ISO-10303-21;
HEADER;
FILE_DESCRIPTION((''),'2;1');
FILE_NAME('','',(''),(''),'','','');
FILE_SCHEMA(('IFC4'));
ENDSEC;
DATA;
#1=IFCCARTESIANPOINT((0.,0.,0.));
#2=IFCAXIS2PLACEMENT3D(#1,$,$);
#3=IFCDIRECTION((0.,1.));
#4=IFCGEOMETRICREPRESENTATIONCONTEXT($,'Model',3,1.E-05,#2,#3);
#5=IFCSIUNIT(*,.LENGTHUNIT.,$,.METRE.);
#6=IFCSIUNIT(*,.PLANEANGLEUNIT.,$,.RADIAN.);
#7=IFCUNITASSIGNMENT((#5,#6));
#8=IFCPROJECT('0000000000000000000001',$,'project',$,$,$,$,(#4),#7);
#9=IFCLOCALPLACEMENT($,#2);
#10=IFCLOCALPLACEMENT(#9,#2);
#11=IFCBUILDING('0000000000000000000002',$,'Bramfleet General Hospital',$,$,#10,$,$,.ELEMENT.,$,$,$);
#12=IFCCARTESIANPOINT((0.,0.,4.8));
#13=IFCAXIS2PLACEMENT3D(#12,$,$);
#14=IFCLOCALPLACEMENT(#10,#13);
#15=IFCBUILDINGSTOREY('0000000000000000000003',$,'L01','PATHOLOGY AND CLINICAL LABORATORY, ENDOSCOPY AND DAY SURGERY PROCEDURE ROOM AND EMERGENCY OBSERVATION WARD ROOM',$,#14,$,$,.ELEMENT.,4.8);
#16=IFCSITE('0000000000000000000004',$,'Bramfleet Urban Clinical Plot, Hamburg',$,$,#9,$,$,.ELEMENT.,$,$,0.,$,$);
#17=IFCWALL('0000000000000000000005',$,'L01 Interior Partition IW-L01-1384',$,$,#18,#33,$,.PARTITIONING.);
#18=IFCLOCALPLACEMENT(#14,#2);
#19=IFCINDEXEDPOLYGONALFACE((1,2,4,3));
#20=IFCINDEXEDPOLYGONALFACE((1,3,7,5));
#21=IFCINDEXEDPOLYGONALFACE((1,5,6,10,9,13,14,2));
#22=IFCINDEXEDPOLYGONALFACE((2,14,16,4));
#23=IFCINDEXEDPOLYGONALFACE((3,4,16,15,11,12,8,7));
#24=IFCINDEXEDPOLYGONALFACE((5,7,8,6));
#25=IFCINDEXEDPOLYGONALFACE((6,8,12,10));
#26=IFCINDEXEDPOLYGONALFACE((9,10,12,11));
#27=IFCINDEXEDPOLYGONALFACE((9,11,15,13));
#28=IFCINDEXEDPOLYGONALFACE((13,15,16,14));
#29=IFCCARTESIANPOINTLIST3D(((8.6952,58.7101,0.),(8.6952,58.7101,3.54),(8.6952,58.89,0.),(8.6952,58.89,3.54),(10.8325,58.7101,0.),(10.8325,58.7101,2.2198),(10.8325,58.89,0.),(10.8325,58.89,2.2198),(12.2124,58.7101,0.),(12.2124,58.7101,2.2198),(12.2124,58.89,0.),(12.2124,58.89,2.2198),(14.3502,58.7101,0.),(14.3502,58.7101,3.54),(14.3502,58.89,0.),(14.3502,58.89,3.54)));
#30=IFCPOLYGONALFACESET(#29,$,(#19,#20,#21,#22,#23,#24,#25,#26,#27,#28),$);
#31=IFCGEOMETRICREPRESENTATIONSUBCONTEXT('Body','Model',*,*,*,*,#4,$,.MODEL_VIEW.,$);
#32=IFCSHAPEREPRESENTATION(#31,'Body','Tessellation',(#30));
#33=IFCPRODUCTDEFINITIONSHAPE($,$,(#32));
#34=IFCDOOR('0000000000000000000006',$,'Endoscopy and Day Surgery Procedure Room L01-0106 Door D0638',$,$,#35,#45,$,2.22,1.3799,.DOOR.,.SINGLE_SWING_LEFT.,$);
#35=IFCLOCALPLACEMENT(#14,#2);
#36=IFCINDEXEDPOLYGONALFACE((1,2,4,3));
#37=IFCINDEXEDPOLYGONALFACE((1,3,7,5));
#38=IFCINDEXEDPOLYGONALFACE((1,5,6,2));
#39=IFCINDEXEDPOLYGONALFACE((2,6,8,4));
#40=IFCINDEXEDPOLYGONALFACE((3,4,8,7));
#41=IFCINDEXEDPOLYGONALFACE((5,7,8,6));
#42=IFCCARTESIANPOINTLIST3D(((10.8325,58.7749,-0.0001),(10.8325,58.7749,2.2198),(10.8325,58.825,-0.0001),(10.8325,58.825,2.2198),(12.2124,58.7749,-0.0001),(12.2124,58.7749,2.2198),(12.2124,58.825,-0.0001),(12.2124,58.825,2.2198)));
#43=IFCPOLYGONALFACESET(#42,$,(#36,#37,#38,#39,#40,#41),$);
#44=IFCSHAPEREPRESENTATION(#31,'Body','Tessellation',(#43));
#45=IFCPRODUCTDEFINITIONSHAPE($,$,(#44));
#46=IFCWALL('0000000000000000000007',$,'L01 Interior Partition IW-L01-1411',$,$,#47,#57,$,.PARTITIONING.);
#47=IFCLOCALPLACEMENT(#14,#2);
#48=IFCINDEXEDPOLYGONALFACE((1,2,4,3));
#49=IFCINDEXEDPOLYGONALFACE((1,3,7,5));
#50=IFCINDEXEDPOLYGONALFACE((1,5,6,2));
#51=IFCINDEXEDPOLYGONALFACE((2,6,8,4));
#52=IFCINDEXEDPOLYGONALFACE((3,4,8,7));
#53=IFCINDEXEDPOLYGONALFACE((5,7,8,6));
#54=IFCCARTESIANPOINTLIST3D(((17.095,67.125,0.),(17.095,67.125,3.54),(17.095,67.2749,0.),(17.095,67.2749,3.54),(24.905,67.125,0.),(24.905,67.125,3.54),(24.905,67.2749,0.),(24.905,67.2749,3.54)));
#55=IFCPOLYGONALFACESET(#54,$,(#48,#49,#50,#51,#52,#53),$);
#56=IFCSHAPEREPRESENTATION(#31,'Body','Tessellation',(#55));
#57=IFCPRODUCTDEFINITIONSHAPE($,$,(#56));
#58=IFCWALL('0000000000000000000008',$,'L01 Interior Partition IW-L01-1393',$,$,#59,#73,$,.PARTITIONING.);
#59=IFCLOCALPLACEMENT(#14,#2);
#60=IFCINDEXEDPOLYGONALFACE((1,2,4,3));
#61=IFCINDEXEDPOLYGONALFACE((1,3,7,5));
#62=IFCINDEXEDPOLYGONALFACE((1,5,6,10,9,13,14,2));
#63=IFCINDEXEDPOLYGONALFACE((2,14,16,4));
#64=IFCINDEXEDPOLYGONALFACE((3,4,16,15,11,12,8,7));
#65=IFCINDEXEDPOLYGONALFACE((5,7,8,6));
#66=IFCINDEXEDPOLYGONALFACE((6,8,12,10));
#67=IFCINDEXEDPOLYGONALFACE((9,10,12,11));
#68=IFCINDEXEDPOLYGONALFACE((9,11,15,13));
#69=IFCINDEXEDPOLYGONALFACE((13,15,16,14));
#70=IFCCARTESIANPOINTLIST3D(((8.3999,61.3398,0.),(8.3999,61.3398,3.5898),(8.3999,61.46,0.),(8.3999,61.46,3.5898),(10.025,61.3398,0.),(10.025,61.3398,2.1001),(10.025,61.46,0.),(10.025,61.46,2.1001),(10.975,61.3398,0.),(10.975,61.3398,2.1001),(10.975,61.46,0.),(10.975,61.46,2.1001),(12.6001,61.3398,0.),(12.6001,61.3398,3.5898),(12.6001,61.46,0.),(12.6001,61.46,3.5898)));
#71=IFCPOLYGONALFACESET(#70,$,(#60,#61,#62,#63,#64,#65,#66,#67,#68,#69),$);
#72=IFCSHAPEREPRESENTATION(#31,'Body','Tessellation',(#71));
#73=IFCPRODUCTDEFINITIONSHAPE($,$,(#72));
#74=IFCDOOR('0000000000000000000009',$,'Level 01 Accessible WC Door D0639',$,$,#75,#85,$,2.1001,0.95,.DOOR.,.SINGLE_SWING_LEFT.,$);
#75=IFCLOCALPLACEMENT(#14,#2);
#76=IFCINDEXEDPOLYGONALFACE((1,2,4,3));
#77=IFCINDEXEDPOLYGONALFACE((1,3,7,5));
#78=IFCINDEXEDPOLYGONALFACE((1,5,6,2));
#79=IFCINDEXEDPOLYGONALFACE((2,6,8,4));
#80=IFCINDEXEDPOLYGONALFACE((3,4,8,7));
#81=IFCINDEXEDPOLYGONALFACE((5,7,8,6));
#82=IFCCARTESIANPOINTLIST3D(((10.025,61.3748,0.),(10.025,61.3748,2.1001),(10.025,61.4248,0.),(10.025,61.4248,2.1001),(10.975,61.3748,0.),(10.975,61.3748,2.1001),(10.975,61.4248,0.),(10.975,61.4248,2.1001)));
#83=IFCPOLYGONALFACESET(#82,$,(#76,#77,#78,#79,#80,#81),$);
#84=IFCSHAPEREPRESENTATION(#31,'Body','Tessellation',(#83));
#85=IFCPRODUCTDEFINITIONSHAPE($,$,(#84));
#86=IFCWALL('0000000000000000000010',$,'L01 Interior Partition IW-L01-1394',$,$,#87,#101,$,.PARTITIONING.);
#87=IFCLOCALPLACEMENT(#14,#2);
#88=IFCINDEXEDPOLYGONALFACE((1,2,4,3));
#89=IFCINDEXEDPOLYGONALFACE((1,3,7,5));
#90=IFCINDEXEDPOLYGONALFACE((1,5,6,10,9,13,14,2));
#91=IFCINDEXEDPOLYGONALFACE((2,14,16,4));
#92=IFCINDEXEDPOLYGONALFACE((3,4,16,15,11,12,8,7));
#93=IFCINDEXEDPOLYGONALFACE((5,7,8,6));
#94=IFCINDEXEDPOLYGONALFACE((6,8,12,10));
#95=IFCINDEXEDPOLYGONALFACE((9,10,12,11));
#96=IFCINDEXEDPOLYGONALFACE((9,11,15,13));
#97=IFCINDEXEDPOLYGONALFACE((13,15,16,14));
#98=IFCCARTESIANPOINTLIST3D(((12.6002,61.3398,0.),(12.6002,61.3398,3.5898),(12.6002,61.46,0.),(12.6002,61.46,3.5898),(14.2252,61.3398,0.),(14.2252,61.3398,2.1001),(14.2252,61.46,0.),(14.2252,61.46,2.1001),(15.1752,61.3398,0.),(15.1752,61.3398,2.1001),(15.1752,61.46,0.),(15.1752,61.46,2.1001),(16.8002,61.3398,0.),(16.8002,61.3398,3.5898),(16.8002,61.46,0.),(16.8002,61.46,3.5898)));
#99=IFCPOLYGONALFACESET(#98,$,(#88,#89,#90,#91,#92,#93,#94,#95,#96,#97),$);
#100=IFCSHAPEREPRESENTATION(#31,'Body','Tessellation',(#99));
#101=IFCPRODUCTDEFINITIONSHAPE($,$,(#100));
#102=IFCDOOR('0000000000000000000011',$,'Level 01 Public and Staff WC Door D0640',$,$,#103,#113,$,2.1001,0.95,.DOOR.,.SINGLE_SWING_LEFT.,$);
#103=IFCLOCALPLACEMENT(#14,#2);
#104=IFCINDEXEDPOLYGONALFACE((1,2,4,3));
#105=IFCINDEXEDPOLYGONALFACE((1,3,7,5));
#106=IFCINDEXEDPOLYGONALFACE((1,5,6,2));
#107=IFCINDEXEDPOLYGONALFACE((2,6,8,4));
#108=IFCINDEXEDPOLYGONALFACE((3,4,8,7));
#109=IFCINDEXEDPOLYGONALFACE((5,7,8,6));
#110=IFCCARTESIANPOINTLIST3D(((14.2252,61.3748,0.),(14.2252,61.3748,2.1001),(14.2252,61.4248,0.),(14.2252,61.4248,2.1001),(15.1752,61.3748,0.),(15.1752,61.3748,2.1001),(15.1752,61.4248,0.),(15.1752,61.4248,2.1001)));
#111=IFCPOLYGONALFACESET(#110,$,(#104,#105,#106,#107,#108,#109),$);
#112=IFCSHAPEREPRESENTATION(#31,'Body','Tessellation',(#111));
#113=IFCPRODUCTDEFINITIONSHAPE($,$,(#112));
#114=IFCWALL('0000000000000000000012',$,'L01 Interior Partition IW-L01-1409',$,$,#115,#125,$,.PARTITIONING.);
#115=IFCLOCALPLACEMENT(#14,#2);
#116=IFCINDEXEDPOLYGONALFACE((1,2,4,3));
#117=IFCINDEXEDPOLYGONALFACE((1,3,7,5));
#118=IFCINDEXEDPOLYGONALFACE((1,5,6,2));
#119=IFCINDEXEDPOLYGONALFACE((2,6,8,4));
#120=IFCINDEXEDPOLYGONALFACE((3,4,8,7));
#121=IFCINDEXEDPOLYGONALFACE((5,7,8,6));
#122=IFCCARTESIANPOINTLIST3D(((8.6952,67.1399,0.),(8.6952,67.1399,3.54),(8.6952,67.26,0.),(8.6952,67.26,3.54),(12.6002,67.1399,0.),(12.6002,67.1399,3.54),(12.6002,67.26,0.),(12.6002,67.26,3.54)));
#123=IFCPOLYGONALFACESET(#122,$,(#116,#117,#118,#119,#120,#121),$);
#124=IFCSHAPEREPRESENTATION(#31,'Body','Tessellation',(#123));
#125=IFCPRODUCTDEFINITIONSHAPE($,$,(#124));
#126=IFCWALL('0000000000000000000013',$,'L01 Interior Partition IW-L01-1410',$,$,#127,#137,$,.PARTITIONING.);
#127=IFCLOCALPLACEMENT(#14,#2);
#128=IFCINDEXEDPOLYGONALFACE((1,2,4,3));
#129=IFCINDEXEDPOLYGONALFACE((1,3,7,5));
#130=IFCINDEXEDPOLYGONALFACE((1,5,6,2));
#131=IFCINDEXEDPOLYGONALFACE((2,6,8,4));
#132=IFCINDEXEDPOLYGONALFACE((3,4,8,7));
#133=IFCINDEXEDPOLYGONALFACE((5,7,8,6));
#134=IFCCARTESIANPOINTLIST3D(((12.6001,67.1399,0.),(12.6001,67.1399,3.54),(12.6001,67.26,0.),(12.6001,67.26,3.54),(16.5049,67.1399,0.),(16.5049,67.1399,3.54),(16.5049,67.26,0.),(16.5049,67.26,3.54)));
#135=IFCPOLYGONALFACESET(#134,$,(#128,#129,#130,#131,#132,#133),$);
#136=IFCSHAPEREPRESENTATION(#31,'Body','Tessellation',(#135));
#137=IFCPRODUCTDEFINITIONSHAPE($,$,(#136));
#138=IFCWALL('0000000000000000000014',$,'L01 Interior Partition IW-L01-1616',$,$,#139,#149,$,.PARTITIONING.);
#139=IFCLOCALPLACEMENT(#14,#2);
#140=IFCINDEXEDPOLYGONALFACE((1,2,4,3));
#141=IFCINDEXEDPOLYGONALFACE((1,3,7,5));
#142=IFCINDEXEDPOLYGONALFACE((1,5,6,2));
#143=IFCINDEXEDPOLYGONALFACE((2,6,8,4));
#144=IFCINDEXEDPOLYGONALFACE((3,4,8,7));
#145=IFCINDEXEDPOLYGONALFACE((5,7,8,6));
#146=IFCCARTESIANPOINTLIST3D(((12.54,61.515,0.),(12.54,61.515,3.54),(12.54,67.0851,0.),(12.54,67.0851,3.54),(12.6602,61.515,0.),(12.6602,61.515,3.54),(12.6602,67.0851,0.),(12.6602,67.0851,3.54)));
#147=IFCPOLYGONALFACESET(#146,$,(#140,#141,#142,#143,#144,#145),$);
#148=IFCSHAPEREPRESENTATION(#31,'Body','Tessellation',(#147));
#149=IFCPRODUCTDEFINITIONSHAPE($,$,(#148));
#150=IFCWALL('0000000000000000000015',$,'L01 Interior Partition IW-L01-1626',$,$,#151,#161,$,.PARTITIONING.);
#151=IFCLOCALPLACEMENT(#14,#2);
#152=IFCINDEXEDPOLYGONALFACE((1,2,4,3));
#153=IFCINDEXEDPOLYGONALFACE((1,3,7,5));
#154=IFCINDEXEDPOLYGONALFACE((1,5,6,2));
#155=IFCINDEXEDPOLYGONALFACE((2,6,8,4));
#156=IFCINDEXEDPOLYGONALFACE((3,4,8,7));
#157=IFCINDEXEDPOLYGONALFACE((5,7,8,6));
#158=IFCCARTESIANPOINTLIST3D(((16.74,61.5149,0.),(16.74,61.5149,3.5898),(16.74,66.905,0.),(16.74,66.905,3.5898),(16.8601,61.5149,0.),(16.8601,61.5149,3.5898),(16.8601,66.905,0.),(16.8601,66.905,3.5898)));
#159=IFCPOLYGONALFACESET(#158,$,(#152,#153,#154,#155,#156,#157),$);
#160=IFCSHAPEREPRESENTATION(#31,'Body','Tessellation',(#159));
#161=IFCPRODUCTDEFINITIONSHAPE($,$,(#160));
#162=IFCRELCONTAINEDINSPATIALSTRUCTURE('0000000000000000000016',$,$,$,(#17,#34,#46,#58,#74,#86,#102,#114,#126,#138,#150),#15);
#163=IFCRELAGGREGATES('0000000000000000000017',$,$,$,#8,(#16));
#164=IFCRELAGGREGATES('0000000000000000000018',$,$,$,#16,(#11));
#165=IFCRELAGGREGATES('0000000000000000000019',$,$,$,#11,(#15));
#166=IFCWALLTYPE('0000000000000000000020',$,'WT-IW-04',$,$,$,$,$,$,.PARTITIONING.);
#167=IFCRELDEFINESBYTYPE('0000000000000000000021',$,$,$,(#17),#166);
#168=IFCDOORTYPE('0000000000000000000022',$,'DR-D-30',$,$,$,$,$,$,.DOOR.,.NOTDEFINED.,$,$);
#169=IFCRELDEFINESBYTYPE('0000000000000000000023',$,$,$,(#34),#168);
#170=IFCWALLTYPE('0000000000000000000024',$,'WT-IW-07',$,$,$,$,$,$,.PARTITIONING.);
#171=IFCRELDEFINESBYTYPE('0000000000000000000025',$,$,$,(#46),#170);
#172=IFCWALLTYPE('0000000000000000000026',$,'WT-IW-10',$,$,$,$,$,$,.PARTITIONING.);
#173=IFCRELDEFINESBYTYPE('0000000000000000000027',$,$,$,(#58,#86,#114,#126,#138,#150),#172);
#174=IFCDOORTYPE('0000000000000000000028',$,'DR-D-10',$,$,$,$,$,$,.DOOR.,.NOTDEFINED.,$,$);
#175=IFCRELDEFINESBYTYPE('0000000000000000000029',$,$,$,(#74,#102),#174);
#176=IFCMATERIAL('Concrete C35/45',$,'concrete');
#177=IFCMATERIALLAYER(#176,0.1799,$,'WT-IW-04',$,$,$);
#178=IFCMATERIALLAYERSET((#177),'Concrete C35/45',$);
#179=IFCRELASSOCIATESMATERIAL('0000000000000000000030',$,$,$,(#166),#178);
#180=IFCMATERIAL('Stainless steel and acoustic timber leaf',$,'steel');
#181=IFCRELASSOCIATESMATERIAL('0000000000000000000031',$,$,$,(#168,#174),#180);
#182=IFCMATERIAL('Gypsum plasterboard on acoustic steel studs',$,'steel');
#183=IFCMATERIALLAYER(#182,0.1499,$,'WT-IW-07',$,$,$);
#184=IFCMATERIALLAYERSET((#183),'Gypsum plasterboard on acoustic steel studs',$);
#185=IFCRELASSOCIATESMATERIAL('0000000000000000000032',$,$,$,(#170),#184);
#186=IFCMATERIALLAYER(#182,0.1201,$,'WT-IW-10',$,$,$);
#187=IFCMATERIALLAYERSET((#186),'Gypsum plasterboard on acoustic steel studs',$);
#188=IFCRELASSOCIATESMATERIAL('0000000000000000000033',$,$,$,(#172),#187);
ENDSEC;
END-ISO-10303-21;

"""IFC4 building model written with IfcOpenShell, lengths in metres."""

from ifc_helpers import new_model, si_unit, direction, frame, frame_2d, origin, place, context, subcontext, project, spatial, rectangle, extrude, material, layer, layer_set, type_object, element, fill, save


model = new_model("IFC4")

# Units and contexts
model_context = context("Model", 3, precision=1e-05, world=origin(), true_north=direction((0.0, 1.0)))
body_context = subcontext(model_context, "Body", "Model", "MODEL_VIEW")
ifc_project = project(units=[si_unit("LENGTHUNIT", "METRE"), si_unit("PLANEANGLEUNIT", "RADIAN")], contexts=[model_context])

# Site, building, storey
site_placement = place(None, origin())
site = spatial("IfcSite", under=ifc_project, at=site_placement, Name="Bramfleet Urban Clinical Plot, Hamburg", CompositionType="ELEMENT", RefElevation=0.0)
building_placement = place(site_placement, origin())
building = spatial("IfcBuilding", under=site, at=building_placement, Name="Bramfleet General Hospital", CompositionType="ELEMENT")
storey_placement = place(building_placement, frame((0.0, 0.0, 4.8)))
storey = spatial("IfcBuildingStorey", under=building, at=storey_placement, Name="L01", Description="PATHOLOGY AND CLINICAL LABORATORY, ENDOSCOPY AND DAY SURGERY PROCEDURE ROOM AND EMERGENCY OBSERVATION WARD ROOM", CompositionType="ELEMENT", Elevation=4.8)

# Shared definitions
ifc_material_1 = material(Name="Concrete C35/45", Category="concrete")

# Wall, opening, door
ifc_material_2 = material(Name="Stainless steel and acoustic timber leaf", Category="steel")
ifc_layer_1 = layer(ifc_material_1, 0.1799, Name="WT-IW-04")
ifc_layer_set_1 = layer_set([ifc_layer_1], Name="Concrete C35/45")
wall_type_1 = type_object("IfcWallType", Name="WT-IW-04", PredefinedType="PARTITIONING", material=ifc_layer_set_1)
wall_1_placement = place(storey_placement, frame((8.6951, 58.8, 0.0), z_axis=(0.0, 0.0, 1.0), x_axis=(1.0, 0.0, 0.0)))
wall_1 = element("IfcWall", 1, at=wall_1_placement, inside=storey, type_object=wall_type_1, Name="L01 Interior Partition IW-L01-1384", PredefinedType="PARTITIONING", context=body_context, shape_type="SweptSolid", body=[
    extrude(rectangle(XDim=5.655, YDim=0.1799, at=frame_2d((2.8276, 0.0))), origin(), (0.0, 0.0, 1.0), 3.54),
])
opening_1_placement = place(wall_1_placement, frame((2.1375, 0.0, 0.0)))
opening_1 = element("IfcOpeningElement", 2, at=opening_1_placement, cuts=wall_1, PredefinedType="OPENING", context=body_context, shape_type="SweptSolid", body=[
    extrude(rectangle(XDim=1.3799, YDim=2.22, at=frame_2d((0.6899, 1.1099))), frame((0.0, 0.0999, 0.0), z_axis=(0.0, -1.0, 0.0), x_axis=(1.0, 0.0, 0.0)), (0.0, 0.0, 1.0), 0.2),
])
door_type_1 = type_object("IfcDoorType", Name="DR-D-30", OperationType="NOTDEFINED", PredefinedType="DOOR", material=ifc_material_2)
door_1_placement = place(opening_1_placement, origin())
door_1 = element("IfcDoor", 3, at=door_1_placement, inside=storey, type_object=door_type_1, Name="Endoscopy and Day Surgery Procedure Room L01-0106 Door D0638", OperationType="SINGLE_SWING_LEFT", OverallHeight=2.22, OverallWidth=1.3799, PredefinedType="DOOR", context=body_context, shape_type="SweptSolid", body=[
    extrude(rectangle(XDim=1.3799, YDim=2.22, at=frame_2d((0.6899, 1.1099))), frame((0.0, 0.0249, 0.0), z_axis=(0.0, -1.0, 0.0), x_axis=(1.0, 0.0, 0.0)), (0.0, 0.0, 1.0), 0.05),
])
fill(opening_1, door_1)

# Wall
ifc_material_3 = material(Name="Gypsum plasterboard on acoustic steel studs", Category="steel")
ifc_layer_2 = layer(ifc_material_3, 0.1499, Name="WT-IW-07")
ifc_layer_set_2 = layer_set([ifc_layer_2], Name="Gypsum plasterboard on acoustic steel studs")
wall_type_2 = type_object("IfcWallType", Name="WT-IW-07", PredefinedType="PARTITIONING", material=ifc_layer_set_2)
wall_2_placement = place(storey_placement, frame((17.095, 67.2, 0.0), z_axis=(0.0, 0.0, 1.0), x_axis=(1.0, 0.0, 0.0)))
element("IfcWall", 4, at=wall_2_placement, inside=storey, type_object=wall_type_2, Name="L01 Interior Partition IW-L01-1411", PredefinedType="PARTITIONING", context=body_context, shape_type="SweptSolid", body=[
    extrude(rectangle(XDim=7.8101, YDim=0.1499, at=frame_2d((3.905, 0.0))), origin(), (0.0, 0.0, 1.0), 3.54),
])

# Walls, openings, doors
ifc_layer_3 = layer(ifc_material_3, 0.1201, Name="WT-IW-10")
ifc_layer_set_3 = layer_set([ifc_layer_3], Name="Gypsum plasterboard on acoustic steel studs")
wall_type_3 = type_object("IfcWallType", Name="WT-IW-10", PredefinedType="PARTITIONING", material=ifc_layer_set_3)
wall_3_placement = place(storey_placement, frame((8.3999, 61.3999, 0.0), z_axis=(0.0, 0.0, 1.0), x_axis=(1.0, 0.0, 0.0)))
wall_3 = element("IfcWall", 5, at=wall_3_placement, inside=storey, type_object=wall_type_3, Name="L01 Interior Partition IW-L01-1393", PredefinedType="PARTITIONING", context=body_context, shape_type="SweptSolid", body=[
    extrude(rectangle(XDim=4.2002, YDim=0.1201, at=frame_2d((2.1001, 0.0))), origin(), (0.0, 0.0, 1.0), 3.5898),
])
opening_2_placement = place(wall_3_placement, frame((1.625, 0.0, 0.0)))
opening_2 = element("IfcOpeningElement", 6, at=opening_2_placement, cuts=wall_3, PredefinedType="OPENING", context=body_context, shape_type="SweptSolid", body=[
    extrude(rectangle(XDim=0.95, YDim=2.1001, at=frame_2d((0.4751, 1.05))), frame((0.0, 0.0701, 0.0), z_axis=(0.0, -1.0, 0.0), x_axis=(1.0, 0.0, 0.0)), (0.0, 0.0, 1.0), 0.1401),
])
door_type_2 = type_object("IfcDoorType", Name="DR-D-10", OperationType="NOTDEFINED", PredefinedType="DOOR", material=ifc_material_2)
door_2_placement = place(opening_2_placement, origin())
door_2 = element("IfcDoor", 7, at=door_2_placement, inside=storey, type_object=door_type_2, Name="Level 01 Accessible WC Door D0639", OperationType="SINGLE_SWING_LEFT", OverallHeight=2.1001, OverallWidth=0.95, PredefinedType="DOOR", context=body_context, shape_type="SweptSolid", body=[
    extrude(rectangle(XDim=0.95, YDim=2.1001, at=frame_2d((0.4751, 1.05))), frame((0.0, 0.0249, 0.0), z_axis=(0.0, -1.0, 0.0), x_axis=(1.0, 0.0, 0.0)), (0.0, 0.0, 1.0), 0.05),
])
fill(opening_2, door_2)
wall_4_placement = place(storey_placement, frame((12.6001, 61.3999, 0.0), z_axis=(0.0, 0.0, 1.0), x_axis=(1.0, 0.0, 0.0)))
wall_4 = element("IfcWall", 8, at=wall_4_placement, inside=storey, type_object=wall_type_3, Name="L01 Interior Partition IW-L01-1394", PredefinedType="PARTITIONING", context=body_context, shape_type="SweptSolid", body=[
    extrude(rectangle(XDim=4.2, YDim=0.1201, at=frame_2d((2.1001, 0.0))), origin(), (0.0, 0.0, 1.0), 3.5898),
])
opening_3_placement = place(wall_4_placement, frame((1.625, 0.0, 0.0)))
opening_3 = element("IfcOpeningElement", 9, at=opening_3_placement, cuts=wall_4, PredefinedType="OPENING", context=body_context, shape_type="SweptSolid", body=[
    extrude(rectangle(XDim=0.95, YDim=2.1001, at=frame_2d((0.4751, 1.05))), frame((0.0, 0.0701, 0.0), z_axis=(0.0, -1.0, 0.0), x_axis=(1.0, 0.0, 0.0)), (0.0, 0.0, 1.0), 0.1401),
])
door_3_placement = place(opening_3_placement, origin())
door_3 = element("IfcDoor", 10, at=door_3_placement, inside=storey, type_object=door_type_2, Name="Level 01 Public and Staff WC Door D0640", OperationType="SINGLE_SWING_LEFT", OverallHeight=2.1001, OverallWidth=0.95, PredefinedType="DOOR", context=body_context, shape_type="SweptSolid", body=[
    extrude(rectangle(XDim=0.95, YDim=2.1001, at=frame_2d((0.4751, 1.05))), frame((0.0, 0.0249, 0.0), z_axis=(0.0, -1.0, 0.0), x_axis=(1.0, 0.0, 0.0)), (0.0, 0.0, 1.0), 0.05),
])
fill(opening_3, door_3)

# Walls
wall_5_placement = place(storey_placement, frame((8.6951, 67.2, 0.0), z_axis=(0.0, 0.0, 1.0), x_axis=(1.0, 0.0, 0.0)))
element("IfcWall", 11, at=wall_5_placement, inside=storey, type_object=wall_type_3, Name="L01 Interior Partition IW-L01-1409", PredefinedType="PARTITIONING", context=body_context, shape_type="SweptSolid", body=[
    extrude(rectangle(XDim=3.905, YDim=0.1201, at=frame_2d((1.9526, 0.0))), origin(), (0.0, 0.0, 1.0), 3.54),
])
wall_6_placement = place(storey_placement, frame((12.6001, 67.2, 0.0), z_axis=(0.0, 0.0, 1.0), x_axis=(1.0, 0.0, 0.0)))
element("IfcWall", 12, at=wall_6_placement, inside=storey, type_object=wall_type_3, Name="L01 Interior Partition IW-L01-1410", PredefinedType="PARTITIONING", context=body_context, shape_type="SweptSolid", body=[
    extrude(rectangle(XDim=3.9048, YDim=0.1201, at=frame_2d((1.9524, 0.0))), origin(), (0.0, 0.0, 1.0), 3.54),
])
wall_7_placement = place(storey_placement, frame((12.6001, 61.5149, 0.0), z_axis=(0.0, 0.0, 1.0), x_axis=(0.0, 1.0, 0.0)))
element("IfcWall", 13, at=wall_7_placement, inside=storey, type_object=wall_type_3, Name="L01 Interior Partition IW-L01-1616", PredefinedType="PARTITIONING", context=body_context, shape_type="SweptSolid", body=[
    extrude(rectangle(XDim=5.5701, YDim=0.1201, at=frame_2d((2.7852, 0.0))), origin(), (0.0, 0.0, 1.0), 3.54),
])
wall_8_placement = place(storey_placement, frame((16.8, 61.5149, 0.0), z_axis=(0.0, 0.0, 1.0), x_axis=(0.0, 1.0, 0.0)))
element("IfcWall", 14, at=wall_8_placement, inside=storey, type_object=wall_type_3, Name="L01 Interior Partition IW-L01-1626", PredefinedType="PARTITIONING", context=body_context, shape_type="SweptSolid", body=[
    extrude(rectangle(XDim=5.3901, YDim=0.1201, at=frame_2d((2.6951, 0.0))), origin(), (0.0, 0.0, 1.0), 3.5898),
])

save(model, "model.ifc")
